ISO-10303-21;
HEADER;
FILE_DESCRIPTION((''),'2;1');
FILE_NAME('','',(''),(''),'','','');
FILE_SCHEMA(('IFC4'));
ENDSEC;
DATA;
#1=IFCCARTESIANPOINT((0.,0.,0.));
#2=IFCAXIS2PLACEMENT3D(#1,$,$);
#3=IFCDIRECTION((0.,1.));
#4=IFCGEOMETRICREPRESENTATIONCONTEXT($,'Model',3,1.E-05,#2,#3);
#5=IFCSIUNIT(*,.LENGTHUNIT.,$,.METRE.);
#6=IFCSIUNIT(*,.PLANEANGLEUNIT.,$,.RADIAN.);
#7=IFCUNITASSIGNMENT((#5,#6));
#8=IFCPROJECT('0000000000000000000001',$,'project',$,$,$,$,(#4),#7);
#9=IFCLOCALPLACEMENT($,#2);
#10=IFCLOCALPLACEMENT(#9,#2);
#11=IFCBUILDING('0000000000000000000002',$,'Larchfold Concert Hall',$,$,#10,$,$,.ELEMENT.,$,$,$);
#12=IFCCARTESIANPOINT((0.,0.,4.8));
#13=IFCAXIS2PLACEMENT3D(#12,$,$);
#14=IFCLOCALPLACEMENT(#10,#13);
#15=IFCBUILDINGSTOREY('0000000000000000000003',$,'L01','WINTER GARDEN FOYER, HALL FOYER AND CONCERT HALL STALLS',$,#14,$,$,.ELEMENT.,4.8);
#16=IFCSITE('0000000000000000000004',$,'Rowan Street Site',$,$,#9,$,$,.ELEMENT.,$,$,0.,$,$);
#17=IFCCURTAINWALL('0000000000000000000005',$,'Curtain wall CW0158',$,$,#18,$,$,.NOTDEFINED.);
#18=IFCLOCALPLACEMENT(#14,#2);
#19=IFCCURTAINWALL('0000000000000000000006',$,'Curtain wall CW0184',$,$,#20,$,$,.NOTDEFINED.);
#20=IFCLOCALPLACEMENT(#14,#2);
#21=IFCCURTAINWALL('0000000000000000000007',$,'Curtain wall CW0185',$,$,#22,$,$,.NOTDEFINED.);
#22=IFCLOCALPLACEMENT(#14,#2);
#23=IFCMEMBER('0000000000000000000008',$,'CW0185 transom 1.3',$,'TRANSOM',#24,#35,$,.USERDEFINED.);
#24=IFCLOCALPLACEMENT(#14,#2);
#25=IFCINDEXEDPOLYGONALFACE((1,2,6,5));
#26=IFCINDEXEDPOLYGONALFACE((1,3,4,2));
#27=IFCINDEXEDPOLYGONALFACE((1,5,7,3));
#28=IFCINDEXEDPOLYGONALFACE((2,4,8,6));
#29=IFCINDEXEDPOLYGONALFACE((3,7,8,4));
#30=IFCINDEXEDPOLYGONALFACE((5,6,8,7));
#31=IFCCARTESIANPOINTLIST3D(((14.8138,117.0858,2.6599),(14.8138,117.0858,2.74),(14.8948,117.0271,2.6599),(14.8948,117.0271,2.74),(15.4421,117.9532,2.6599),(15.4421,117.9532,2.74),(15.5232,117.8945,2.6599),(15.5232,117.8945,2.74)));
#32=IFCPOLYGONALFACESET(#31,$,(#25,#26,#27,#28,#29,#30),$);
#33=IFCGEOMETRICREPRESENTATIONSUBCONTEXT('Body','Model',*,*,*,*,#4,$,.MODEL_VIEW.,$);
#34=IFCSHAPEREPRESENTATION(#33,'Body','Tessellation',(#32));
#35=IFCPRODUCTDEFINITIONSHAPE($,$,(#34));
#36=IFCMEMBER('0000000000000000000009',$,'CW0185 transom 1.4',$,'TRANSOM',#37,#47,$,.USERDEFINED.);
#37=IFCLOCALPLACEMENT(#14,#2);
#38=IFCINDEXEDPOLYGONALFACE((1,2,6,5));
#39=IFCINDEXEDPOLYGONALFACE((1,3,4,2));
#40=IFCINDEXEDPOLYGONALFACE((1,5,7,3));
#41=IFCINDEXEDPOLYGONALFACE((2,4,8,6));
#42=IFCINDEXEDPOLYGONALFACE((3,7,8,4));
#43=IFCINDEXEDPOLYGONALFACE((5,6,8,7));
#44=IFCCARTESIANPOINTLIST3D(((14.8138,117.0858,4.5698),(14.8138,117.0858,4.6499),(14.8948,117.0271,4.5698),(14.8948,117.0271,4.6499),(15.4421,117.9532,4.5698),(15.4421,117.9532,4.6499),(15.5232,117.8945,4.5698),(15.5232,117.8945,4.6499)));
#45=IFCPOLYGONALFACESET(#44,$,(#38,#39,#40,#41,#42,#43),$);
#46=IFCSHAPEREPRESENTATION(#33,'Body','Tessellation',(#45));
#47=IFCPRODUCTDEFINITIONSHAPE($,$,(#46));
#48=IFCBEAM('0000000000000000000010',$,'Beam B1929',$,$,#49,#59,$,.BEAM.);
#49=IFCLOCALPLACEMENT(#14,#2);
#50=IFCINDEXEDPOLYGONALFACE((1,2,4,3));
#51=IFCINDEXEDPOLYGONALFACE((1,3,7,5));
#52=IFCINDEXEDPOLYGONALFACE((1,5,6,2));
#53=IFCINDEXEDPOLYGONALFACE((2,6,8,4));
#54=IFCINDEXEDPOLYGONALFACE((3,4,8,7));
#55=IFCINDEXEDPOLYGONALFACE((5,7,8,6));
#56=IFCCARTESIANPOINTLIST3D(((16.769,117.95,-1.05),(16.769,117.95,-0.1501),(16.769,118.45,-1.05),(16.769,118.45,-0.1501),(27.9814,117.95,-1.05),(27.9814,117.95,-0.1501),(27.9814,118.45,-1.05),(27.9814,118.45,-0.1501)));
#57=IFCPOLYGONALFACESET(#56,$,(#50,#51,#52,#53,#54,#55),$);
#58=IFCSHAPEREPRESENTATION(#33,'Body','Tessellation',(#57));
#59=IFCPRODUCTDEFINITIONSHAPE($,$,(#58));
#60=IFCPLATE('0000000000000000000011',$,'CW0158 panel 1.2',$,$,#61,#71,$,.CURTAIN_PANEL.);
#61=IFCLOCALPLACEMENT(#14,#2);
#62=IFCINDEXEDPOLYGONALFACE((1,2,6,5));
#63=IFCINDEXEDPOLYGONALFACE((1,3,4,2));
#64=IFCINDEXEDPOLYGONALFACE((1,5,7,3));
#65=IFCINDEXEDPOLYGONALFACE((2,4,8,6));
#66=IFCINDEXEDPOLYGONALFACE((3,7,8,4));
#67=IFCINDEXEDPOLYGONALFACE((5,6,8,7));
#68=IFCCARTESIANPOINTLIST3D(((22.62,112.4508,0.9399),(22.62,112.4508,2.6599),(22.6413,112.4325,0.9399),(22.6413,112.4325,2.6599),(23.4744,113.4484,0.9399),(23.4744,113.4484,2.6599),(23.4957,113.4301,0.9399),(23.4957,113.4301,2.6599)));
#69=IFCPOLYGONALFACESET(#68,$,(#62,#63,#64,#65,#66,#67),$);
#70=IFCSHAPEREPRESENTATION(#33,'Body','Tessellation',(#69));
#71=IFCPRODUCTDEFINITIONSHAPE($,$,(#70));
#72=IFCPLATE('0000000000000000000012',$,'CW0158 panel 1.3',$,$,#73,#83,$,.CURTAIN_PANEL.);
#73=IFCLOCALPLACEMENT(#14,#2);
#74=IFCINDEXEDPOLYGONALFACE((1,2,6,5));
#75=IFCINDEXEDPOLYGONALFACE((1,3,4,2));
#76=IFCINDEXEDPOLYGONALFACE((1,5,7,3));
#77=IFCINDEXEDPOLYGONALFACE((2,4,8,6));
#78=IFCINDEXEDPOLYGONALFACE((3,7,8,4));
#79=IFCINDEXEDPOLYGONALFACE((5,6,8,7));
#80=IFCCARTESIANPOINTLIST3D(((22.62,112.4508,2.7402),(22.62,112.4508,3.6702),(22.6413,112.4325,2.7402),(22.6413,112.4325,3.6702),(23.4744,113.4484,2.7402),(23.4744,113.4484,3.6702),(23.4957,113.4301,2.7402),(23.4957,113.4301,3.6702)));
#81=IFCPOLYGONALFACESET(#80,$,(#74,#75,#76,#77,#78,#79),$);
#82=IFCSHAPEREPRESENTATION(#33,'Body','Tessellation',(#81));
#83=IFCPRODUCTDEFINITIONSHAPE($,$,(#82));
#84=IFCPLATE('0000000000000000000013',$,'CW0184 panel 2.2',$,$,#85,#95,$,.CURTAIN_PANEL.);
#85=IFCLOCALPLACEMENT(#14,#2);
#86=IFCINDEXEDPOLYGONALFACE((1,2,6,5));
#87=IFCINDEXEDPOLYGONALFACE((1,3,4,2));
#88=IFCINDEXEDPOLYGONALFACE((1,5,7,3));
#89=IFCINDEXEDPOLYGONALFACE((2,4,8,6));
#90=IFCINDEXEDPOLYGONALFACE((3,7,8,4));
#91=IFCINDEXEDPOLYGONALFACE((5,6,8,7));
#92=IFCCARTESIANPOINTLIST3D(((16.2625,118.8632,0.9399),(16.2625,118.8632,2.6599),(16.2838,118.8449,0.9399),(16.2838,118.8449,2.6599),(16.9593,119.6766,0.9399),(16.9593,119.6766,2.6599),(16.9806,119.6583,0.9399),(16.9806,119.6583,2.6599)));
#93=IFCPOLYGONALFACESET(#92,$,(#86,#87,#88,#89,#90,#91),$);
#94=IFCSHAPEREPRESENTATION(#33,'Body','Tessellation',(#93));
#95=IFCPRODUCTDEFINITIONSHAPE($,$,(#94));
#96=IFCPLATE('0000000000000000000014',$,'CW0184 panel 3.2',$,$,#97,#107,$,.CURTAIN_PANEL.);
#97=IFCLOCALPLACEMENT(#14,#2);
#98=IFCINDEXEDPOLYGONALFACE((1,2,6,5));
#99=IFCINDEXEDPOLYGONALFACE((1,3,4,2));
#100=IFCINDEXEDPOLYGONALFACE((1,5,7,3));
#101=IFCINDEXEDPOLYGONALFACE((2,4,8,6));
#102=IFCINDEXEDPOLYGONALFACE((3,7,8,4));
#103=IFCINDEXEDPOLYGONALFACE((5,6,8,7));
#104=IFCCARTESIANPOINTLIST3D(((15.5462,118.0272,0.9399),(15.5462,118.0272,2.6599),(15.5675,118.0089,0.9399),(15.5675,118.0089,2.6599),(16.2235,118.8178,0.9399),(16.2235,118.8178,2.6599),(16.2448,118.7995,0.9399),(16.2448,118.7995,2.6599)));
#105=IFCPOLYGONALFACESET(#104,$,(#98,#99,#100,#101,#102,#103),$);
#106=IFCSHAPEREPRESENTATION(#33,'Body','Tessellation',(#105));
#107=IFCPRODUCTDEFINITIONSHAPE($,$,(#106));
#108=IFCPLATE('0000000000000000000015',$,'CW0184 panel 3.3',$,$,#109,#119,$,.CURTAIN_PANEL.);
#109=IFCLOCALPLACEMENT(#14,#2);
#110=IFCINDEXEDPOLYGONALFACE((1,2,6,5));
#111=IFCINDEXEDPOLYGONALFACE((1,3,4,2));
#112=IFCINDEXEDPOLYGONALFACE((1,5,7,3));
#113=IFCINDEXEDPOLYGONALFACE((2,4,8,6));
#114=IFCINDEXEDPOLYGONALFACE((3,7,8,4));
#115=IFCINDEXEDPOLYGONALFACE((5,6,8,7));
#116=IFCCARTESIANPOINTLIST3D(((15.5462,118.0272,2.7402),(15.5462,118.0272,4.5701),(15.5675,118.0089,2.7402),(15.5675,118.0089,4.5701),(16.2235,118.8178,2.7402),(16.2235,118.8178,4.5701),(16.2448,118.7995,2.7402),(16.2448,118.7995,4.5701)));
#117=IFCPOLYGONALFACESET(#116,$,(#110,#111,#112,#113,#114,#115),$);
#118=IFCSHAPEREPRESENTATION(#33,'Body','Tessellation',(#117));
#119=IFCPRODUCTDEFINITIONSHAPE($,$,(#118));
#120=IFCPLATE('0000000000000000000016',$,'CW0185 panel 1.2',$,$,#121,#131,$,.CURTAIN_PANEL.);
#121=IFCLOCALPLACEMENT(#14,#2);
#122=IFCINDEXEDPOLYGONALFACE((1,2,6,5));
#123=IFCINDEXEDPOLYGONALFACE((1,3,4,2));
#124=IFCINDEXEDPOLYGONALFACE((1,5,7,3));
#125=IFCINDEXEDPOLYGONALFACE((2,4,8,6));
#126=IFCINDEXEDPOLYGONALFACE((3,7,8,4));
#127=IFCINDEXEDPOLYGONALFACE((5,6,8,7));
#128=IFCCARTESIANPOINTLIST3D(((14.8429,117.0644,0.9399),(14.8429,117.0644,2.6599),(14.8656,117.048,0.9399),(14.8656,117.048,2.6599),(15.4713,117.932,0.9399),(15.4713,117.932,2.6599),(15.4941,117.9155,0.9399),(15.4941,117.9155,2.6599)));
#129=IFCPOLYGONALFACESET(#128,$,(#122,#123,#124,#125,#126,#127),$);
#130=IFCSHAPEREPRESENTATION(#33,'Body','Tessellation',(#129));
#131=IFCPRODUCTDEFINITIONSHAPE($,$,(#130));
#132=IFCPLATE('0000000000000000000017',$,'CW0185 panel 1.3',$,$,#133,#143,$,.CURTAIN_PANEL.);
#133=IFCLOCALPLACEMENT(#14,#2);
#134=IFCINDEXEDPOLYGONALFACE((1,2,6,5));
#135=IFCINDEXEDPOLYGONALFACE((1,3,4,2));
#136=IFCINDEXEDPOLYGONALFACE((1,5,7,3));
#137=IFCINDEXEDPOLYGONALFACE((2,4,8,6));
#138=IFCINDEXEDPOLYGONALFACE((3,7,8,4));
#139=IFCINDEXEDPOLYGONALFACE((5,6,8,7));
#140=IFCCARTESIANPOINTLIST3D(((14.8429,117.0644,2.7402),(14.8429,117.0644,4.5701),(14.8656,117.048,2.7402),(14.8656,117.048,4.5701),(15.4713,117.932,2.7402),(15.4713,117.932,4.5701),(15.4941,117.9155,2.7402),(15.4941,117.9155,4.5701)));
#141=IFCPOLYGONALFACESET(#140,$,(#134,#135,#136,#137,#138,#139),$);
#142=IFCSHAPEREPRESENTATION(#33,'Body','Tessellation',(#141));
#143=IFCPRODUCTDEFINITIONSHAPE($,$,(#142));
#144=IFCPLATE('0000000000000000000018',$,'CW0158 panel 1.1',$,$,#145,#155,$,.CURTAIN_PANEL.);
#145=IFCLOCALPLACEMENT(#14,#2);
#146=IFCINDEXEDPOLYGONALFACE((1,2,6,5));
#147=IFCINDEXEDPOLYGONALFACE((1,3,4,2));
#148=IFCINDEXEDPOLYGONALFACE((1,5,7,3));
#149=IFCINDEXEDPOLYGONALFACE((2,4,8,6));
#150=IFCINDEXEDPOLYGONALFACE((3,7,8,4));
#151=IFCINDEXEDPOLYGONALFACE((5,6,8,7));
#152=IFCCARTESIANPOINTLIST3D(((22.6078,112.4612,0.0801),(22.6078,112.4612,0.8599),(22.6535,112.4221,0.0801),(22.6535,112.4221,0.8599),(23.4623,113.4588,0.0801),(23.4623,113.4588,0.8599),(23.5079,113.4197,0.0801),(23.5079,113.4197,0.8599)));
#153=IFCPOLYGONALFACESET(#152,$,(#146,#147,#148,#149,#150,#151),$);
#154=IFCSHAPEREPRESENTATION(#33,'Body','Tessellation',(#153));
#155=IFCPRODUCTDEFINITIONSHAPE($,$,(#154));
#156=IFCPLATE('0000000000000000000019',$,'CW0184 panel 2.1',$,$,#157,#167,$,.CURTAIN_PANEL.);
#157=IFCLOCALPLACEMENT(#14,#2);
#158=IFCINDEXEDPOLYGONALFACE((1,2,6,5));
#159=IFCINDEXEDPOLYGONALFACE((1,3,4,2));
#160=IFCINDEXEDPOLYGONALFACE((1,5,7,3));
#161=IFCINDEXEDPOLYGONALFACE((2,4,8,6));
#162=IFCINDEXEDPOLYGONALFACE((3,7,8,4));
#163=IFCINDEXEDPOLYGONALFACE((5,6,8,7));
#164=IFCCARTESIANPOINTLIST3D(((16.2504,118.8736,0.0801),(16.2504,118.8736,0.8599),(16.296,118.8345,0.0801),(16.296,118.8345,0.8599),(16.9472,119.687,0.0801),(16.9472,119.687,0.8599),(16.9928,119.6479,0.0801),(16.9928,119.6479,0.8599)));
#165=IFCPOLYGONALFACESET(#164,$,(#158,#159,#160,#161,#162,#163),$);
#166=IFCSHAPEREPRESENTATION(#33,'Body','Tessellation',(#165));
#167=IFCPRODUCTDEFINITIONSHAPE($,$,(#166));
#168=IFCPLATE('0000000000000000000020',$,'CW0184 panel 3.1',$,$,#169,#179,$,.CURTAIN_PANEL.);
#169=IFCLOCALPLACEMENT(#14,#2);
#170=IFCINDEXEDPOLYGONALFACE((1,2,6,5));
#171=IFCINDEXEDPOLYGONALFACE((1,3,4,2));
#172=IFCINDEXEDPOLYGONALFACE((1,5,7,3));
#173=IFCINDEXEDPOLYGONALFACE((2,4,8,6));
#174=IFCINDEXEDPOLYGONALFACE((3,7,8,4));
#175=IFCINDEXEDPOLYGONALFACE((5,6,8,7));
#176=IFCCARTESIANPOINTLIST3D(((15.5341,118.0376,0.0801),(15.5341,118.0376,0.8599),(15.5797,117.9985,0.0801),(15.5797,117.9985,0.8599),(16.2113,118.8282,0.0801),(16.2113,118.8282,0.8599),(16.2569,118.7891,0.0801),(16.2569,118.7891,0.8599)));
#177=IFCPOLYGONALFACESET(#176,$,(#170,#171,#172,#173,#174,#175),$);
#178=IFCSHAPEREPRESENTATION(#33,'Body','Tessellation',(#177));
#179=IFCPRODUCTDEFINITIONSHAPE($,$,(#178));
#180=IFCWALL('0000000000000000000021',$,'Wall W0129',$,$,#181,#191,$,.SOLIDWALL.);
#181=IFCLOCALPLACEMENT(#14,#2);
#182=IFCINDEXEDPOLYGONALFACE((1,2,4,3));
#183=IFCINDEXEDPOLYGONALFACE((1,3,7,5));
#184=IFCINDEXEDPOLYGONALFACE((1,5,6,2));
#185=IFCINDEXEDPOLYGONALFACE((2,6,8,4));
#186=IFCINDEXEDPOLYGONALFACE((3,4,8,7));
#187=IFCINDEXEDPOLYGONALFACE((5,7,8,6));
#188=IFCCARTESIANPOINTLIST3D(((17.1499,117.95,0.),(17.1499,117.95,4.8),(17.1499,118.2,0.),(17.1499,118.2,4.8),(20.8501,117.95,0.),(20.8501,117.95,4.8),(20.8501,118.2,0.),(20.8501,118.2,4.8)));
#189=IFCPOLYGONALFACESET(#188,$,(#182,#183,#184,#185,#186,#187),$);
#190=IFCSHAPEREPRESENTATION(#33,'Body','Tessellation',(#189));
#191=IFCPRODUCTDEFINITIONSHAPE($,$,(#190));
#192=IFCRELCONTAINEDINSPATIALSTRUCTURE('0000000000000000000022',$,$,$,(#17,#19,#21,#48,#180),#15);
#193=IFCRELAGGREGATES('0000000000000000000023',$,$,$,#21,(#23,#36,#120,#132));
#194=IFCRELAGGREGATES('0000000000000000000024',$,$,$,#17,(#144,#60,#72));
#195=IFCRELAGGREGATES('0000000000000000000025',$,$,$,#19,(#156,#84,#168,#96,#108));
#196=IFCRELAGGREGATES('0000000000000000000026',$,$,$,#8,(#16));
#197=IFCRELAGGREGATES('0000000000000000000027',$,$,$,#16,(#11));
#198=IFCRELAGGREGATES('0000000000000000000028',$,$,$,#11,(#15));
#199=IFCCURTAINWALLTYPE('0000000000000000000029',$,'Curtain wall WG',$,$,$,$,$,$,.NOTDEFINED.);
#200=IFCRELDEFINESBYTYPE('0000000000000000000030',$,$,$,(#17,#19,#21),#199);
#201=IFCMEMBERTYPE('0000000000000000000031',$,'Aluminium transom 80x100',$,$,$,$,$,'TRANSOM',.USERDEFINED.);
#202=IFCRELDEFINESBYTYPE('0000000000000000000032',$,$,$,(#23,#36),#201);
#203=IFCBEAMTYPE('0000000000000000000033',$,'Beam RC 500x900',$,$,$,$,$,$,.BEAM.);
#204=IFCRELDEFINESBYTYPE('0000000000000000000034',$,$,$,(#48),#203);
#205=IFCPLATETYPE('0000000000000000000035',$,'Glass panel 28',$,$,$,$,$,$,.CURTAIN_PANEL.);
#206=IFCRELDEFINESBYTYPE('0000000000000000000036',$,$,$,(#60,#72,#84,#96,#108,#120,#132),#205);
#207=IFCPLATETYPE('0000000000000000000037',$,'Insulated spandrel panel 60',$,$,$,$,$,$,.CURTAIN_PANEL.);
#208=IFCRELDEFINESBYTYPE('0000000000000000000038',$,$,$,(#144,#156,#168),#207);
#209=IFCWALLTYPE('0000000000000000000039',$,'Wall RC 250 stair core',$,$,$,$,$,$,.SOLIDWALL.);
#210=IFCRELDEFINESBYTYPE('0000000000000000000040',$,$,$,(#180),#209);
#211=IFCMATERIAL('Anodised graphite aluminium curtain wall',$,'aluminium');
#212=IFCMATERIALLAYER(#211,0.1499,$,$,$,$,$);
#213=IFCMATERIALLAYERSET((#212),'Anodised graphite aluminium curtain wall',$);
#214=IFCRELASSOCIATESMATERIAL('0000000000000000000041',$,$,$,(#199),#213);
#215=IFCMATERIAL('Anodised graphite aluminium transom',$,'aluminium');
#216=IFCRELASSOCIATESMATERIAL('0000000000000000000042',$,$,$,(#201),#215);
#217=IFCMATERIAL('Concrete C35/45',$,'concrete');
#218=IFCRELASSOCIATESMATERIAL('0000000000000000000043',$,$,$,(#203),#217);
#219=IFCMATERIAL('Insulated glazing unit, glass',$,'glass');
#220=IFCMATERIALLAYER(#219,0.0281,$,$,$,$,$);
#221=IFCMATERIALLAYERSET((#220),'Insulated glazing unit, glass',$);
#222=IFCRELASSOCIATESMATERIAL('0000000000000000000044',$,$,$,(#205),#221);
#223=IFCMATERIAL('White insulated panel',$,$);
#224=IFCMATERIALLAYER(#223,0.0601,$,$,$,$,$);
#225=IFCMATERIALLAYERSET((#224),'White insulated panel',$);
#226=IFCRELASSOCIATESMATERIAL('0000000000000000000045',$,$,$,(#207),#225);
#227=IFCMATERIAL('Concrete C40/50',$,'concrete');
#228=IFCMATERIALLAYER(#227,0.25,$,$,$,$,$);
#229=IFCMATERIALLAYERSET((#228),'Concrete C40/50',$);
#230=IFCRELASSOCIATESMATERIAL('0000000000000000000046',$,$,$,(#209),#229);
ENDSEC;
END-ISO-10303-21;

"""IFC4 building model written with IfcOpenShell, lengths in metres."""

from ifc_helpers import new_model, si_unit, direction, frame, frame_2d, origin, origin_2d, place, context, subcontext, project, spatial, rectangle, extrude, material, layer, layer_set, material_profile, profile_set, type_object, element, aggregate, save


model = new_model("IFC4")

# Units and contexts
model_context = context("Model", 3, precision=1e-05, world=origin(), true_north=direction((0.0, 1.0)))
body_context = subcontext(model_context, "Body", "Model", "MODEL_VIEW")
ifc_project = project(units=[si_unit("LENGTHUNIT", "METRE"), si_unit("PLANEANGLEUNIT", "RADIAN")], contexts=[model_context])

# Site, building, storey
site_placement = place(None, origin())
site = spatial("IfcSite", under=ifc_project, at=site_placement, Name="Rowan Street Site", CompositionType="ELEMENT", RefElevation=0.0)
building_placement = place(site_placement, origin())
building = spatial("IfcBuilding", under=site, at=building_placement, Name="Larchfold Concert Hall", CompositionType="ELEMENT")
storey_placement = place(building_placement, frame((0.0, 0.0, 4.8)))
storey = spatial("IfcBuildingStorey", under=building, at=storey_placement, Name="L01", Description="WINTER GARDEN FOYER, HALL FOYER AND CONCERT HALL STALLS", CompositionType="ELEMENT", Elevation=4.8)

# Curtain wall
ifc_material_1 = material(Name="Anodised graphite aluminium curtain wall", Category="aluminium")
ifc_layer_1 = layer(ifc_material_1, 0.1499)
ifc_layer_set_1 = layer_set([ifc_layer_1], Name="Anodised graphite aluminium curtain wall")
curtain_wall_type = type_object("IfcCurtainWallType", Name="Curtain wall WG", PredefinedType="NOTDEFINED", material=ifc_layer_set_1)
curtain_wall_1_placement = place(storey_placement, origin())
curtain_wall_1 = element("IfcCurtainWall", 1, at=curtain_wall_1_placement, inside=storey, type_object=curtain_wall_type, Name="Curtain wall CW0158", PredefinedType="NOTDEFINED")

# Curtain wall
curtain_wall_2_placement = place(storey_placement, origin())
curtain_wall_2 = element("IfcCurtainWall", 2, at=curtain_wall_2_placement, inside=storey, type_object=curtain_wall_type, Name="Curtain wall CW0184", PredefinedType="NOTDEFINED")

# Curtain wall
curtain_wall_3_placement = place(storey_placement, origin())
curtain_wall_3 = element("IfcCurtainWall", 3, at=curtain_wall_3_placement, inside=storey, type_object=curtain_wall_type, Name="Curtain wall CW0185", PredefinedType="NOTDEFINED")

# Members
ifc_material_2 = material(Name="Anodised graphite aluminium transom", Category="aluminium")
ifc_material_profile_1 = material_profile(ifc_material_2, rectangle(XDim=0.1001, YDim=0.0801, at=origin_2d()))
ifc_profile_set_1 = profile_set([ifc_material_profile_1], Name="Anodised graphite aluminium transom")
member_type_1 = type_object("IfcMemberType", Name="Aluminium transom 80x100", ElementType="TRANSOM", PredefinedType="USERDEFINED", material=ifc_profile_set_1)
member_1_placement = place(storey_placement, frame((15.4827, 117.9238, 2.7), z_axis=(-0.58668, -0.809819, 0.0), x_axis=(0.809819, -0.58668, 0.0)))
member_1 = element("IfcMember", 4, at=member_1_placement, type_object=member_type_1, Name="CW0185 transom 1.3", ObjectType="TRANSOM", PredefinedType="USERDEFINED", context=body_context, shape_type="SweptSolid", body=[
    extrude(rectangle(XDim=0.1001, YDim=0.0801, at=origin_2d()), origin(), (0.0, 0.0, 1.0), 1.071),
])
member_2_placement = place(storey_placement, frame((15.4827, 117.9238, 4.6099), z_axis=(-0.58668, -0.809819, 0.0), x_axis=(0.809819, -0.58668, 0.0)))
member_2 = element("IfcMember", 5, at=member_2_placement, type_object=member_type_1, Name="CW0185 transom 1.4", ObjectType="TRANSOM", PredefinedType="USERDEFINED", context=body_context, shape_type="SweptSolid", body=[
    extrude(rectangle(XDim=0.1001, YDim=0.0801, at=origin_2d()), origin(), (0.0, 0.0, 1.0), 1.071),
])

# Beam
ifc_material_3 = material(Name="Concrete C35/45", Category="concrete")
ifc_material_profile_2 = material_profile(ifc_material_3, rectangle(XDim=0.5, YDim=0.8999, at=origin_2d()))
ifc_profile_set_2 = profile_set([ifc_material_profile_2], Name="Concrete C35/45")
beam_type = type_object("IfcBeamType", Name="Beam RC 500x900", PredefinedType="BEAM", material=ifc_profile_set_2)
beam_placement = place(storey_placement, frame((16.769, 118.2, -0.6001), z_axis=(1.0, 0.0, 0.0), x_axis=(0.0, 1.0, 0.0)))
element("IfcBeam", 6, at=beam_placement, inside=storey, type_object=beam_type, Name="Beam B1929", PredefinedType="BEAM", context=body_context, shape_type="SweptSolid", body=[
    extrude(rectangle(XDim=0.5, YDim=0.8999, at=origin_2d()), origin(), (0.0, 0.0, 1.0), 11.2124),
])

# Plates
ifc_material_4 = material(Name="Insulated glazing unit, glass", Category="glass")
ifc_layer_2 = layer(ifc_material_4, 0.0281)
ifc_layer_set_2 = layer_set([ifc_layer_2], Name="Insulated glazing unit, glass")
plate_type_1 = type_object("IfcPlateType", Name="Glass panel 28", PredefinedType="CURTAIN_PANEL", material=ifc_layer_set_2)
plate_1_placement = place(storey_placement, frame((23.0579, 112.9404, 0.9399), z_axis=(0.0, 0.0, 1.0), x_axis=(0.650512, 0.759496, 0.0)))
plate_1 = element("IfcPlate", 7, at=plate_1_placement, type_object=plate_type_1, Name="CW0158 panel 1.2", PredefinedType="CURTAIN_PANEL", context=body_context, shape_type="SweptSolid", body=[
    extrude(rectangle(XDim=1.3135, YDim=0.0281, at=origin_2d()), origin(), (0.0, 0.0, 1.0), 1.72),
])
plate_2_placement = place(storey_placement, frame((23.0579, 112.9404, 2.7402), z_axis=(0.0, 0.0, 1.0), x_axis=(0.650512, 0.759496, 0.0)))
plate_2 = element("IfcPlate", 8, at=plate_2_placement, type_object=plate_type_1, Name="CW0158 panel 1.3", PredefinedType="CURTAIN_PANEL", context=body_context, shape_type="SweptSolid", body=[
    extrude(rectangle(XDim=1.3135, YDim=0.0281, at=origin_2d()), origin(), (0.0, 0.0, 1.0), 0.9299),
])
plate_3_placement = place(storey_placement, frame((16.6216, 119.2607, 0.9399), z_axis=(0.0, 0.0, 1.0), x_axis=(-0.650572, -0.759445, 0.0)))
plate_3 = element("IfcPlate", 9, at=plate_3_placement, type_object=plate_type_1, Name="CW0184 panel 2.2", PredefinedType="CURTAIN_PANEL", context=body_context, shape_type="SweptSolid", body=[
    extrude(rectangle(XDim=1.071, YDim=0.0281, at=origin_2d()), origin(), (0.0, 0.0, 1.0), 1.72),
])
plate_4_placement = place(storey_placement, frame((15.8955, 118.4133, 0.9399), z_axis=(0.0, 0.0, 1.0), x_axis=(-0.650572, -0.759445, 0.0)))
plate_4 = element("IfcPlate", 10, at=plate_4_placement, type_object=plate_type_1, Name="CW0184 panel 3.2", PredefinedType="CURTAIN_PANEL", context=body_context, shape_type="SweptSolid", body=[
    extrude(rectangle(XDim=1.041, YDim=0.0281, at=origin_2d()), origin(), (0.0, 0.0, 1.0), 1.72),
])
plate_5_placement = place(storey_placement, frame((15.8955, 118.4133, 2.7402), z_axis=(0.0, 0.0, 1.0), x_axis=(-0.650572, -0.759445, 0.0)))
plate_5 = element("IfcPlate", 11, at=plate_5_placement, type_object=plate_type_1, Name="CW0184 panel 3.3", PredefinedType="CURTAIN_PANEL", context=body_context, shape_type="SweptSolid", body=[
    extrude(rectangle(XDim=1.041, YDim=0.0281, at=origin_2d()), origin(), (0.0, 0.0, 1.0), 1.8298),
])
plate_6_placement = place(storey_placement, frame((15.1685, 117.49, 0.9399), z_axis=(0.0, 0.0, 1.0), x_axis=(-0.586641, -0.809847, 0.0)))
plate_6 = element("IfcPlate", 12, at=plate_6_placement, type_object=plate_type_1, Name="CW0185 panel 1.2", PredefinedType="CURTAIN_PANEL", context=body_context, shape_type="SweptSolid", body=[
    extrude(rectangle(XDim=1.0713, YDim=0.0281, at=origin_2d()), origin(), (0.0, 0.0, 1.0), 1.72),
])
plate_7_placement = place(storey_placement, frame((15.1685, 117.49, 2.7402), z_axis=(0.0, 0.0, 1.0), x_axis=(-0.586641, -0.809847, 0.0)))
plate_7 = element("IfcPlate", 13, at=plate_7_placement, type_object=plate_type_1, Name="CW0185 panel 1.3", PredefinedType="CURTAIN_PANEL", context=body_context, shape_type="SweptSolid", body=[
    extrude(rectangle(XDim=1.0713, YDim=0.0281, at=origin_2d()), origin(), (0.0, 0.0, 1.0), 1.8298),
])
aggregate(curtain_wall_3, [member_1, member_2, plate_6, plate_7])
ifc_material_5 = material(Name="White insulated panel")
ifc_layer_3 = layer(ifc_material_5, 0.0601)
ifc_layer_set_3 = layer_set([ifc_layer_3], Name="White insulated panel")
plate_type_2 = type_object("IfcPlateType", Name="Insulated spandrel panel 60", PredefinedType="CURTAIN_PANEL", material=ifc_layer_set_3)
plate_8_placement = place(storey_placement, frame((23.0579, 112.9404, 0.0801), z_axis=(0.0, 0.0, 1.0), x_axis=(0.650512, 0.759496, 0.0)))
plate_8 = element("IfcPlate", 14, at=plate_8_placement, type_object=plate_type_2, Name="CW0158 panel 1.1", PredefinedType="CURTAIN_PANEL", context=body_context, shape_type="SweptSolid", body=[
    extrude(rectangle(XDim=1.3135, YDim=0.0601, at=origin_2d()), origin(), (0.0, 0.0, 1.0), 0.7798),
])
aggregate(curtain_wall_1, [plate_8, plate_1, plate_2])
plate_9_placement = place(storey_placement, frame((16.6216, 119.2607, 0.0801), z_axis=(0.0, 0.0, 1.0), x_axis=(-0.650572, -0.759445, 0.0)))
plate_9 = element("IfcPlate", 15, at=plate_9_placement, type_object=plate_type_2, Name="CW0184 panel 2.1", PredefinedType="CURTAIN_PANEL", context=body_context, shape_type="SweptSolid", body=[
    extrude(rectangle(XDim=1.071, YDim=0.0601, at=origin_2d()), origin(), (0.0, 0.0, 1.0), 0.7798),
])
plate_10_placement = place(storey_placement, frame((15.8955, 118.4133, 0.0801), z_axis=(0.0, 0.0, 1.0), x_axis=(-0.650572, -0.759445, 0.0)))
plate_10 = element("IfcPlate", 16, at=plate_10_placement, type_object=plate_type_2, Name="CW0184 panel 3.1", PredefinedType="CURTAIN_PANEL", context=body_context, shape_type="SweptSolid", body=[
    extrude(rectangle(XDim=1.041, YDim=0.0601, at=origin_2d()), origin(), (0.0, 0.0, 1.0), 0.7798),
])
aggregate(curtain_wall_2, [plate_9, plate_3, plate_10, plate_4, plate_5])

# Wall
ifc_material_6 = material(Name="Concrete C40/50", Category="concrete")
ifc_layer_4 = layer(ifc_material_6, 0.25)
ifc_layer_set_4 = layer_set([ifc_layer_4], Name="Concrete C40/50")
wall_type = type_object("IfcWallType", Name="Wall RC 250 stair core", PredefinedType="SOLIDWALL", material=ifc_layer_set_4)
wall_placement = place(storey_placement, frame((17.1499, 118.075, 0.0), z_axis=(0.0, 0.0, 1.0), x_axis=(1.0, 0.0, 0.0)))
element("IfcWall", 17, at=wall_placement, inside=storey, type_object=wall_type, Name="Wall W0129", PredefinedType="SOLIDWALL", context=body_context, shape_type="SweptSolid", body=[
    extrude(rectangle(XDim=3.7002, YDim=0.25, at=frame_2d((1.8501, 0.0))), origin(), (0.0, 0.0, 1.0), 4.8),
])

save(model, "model.ifc")
